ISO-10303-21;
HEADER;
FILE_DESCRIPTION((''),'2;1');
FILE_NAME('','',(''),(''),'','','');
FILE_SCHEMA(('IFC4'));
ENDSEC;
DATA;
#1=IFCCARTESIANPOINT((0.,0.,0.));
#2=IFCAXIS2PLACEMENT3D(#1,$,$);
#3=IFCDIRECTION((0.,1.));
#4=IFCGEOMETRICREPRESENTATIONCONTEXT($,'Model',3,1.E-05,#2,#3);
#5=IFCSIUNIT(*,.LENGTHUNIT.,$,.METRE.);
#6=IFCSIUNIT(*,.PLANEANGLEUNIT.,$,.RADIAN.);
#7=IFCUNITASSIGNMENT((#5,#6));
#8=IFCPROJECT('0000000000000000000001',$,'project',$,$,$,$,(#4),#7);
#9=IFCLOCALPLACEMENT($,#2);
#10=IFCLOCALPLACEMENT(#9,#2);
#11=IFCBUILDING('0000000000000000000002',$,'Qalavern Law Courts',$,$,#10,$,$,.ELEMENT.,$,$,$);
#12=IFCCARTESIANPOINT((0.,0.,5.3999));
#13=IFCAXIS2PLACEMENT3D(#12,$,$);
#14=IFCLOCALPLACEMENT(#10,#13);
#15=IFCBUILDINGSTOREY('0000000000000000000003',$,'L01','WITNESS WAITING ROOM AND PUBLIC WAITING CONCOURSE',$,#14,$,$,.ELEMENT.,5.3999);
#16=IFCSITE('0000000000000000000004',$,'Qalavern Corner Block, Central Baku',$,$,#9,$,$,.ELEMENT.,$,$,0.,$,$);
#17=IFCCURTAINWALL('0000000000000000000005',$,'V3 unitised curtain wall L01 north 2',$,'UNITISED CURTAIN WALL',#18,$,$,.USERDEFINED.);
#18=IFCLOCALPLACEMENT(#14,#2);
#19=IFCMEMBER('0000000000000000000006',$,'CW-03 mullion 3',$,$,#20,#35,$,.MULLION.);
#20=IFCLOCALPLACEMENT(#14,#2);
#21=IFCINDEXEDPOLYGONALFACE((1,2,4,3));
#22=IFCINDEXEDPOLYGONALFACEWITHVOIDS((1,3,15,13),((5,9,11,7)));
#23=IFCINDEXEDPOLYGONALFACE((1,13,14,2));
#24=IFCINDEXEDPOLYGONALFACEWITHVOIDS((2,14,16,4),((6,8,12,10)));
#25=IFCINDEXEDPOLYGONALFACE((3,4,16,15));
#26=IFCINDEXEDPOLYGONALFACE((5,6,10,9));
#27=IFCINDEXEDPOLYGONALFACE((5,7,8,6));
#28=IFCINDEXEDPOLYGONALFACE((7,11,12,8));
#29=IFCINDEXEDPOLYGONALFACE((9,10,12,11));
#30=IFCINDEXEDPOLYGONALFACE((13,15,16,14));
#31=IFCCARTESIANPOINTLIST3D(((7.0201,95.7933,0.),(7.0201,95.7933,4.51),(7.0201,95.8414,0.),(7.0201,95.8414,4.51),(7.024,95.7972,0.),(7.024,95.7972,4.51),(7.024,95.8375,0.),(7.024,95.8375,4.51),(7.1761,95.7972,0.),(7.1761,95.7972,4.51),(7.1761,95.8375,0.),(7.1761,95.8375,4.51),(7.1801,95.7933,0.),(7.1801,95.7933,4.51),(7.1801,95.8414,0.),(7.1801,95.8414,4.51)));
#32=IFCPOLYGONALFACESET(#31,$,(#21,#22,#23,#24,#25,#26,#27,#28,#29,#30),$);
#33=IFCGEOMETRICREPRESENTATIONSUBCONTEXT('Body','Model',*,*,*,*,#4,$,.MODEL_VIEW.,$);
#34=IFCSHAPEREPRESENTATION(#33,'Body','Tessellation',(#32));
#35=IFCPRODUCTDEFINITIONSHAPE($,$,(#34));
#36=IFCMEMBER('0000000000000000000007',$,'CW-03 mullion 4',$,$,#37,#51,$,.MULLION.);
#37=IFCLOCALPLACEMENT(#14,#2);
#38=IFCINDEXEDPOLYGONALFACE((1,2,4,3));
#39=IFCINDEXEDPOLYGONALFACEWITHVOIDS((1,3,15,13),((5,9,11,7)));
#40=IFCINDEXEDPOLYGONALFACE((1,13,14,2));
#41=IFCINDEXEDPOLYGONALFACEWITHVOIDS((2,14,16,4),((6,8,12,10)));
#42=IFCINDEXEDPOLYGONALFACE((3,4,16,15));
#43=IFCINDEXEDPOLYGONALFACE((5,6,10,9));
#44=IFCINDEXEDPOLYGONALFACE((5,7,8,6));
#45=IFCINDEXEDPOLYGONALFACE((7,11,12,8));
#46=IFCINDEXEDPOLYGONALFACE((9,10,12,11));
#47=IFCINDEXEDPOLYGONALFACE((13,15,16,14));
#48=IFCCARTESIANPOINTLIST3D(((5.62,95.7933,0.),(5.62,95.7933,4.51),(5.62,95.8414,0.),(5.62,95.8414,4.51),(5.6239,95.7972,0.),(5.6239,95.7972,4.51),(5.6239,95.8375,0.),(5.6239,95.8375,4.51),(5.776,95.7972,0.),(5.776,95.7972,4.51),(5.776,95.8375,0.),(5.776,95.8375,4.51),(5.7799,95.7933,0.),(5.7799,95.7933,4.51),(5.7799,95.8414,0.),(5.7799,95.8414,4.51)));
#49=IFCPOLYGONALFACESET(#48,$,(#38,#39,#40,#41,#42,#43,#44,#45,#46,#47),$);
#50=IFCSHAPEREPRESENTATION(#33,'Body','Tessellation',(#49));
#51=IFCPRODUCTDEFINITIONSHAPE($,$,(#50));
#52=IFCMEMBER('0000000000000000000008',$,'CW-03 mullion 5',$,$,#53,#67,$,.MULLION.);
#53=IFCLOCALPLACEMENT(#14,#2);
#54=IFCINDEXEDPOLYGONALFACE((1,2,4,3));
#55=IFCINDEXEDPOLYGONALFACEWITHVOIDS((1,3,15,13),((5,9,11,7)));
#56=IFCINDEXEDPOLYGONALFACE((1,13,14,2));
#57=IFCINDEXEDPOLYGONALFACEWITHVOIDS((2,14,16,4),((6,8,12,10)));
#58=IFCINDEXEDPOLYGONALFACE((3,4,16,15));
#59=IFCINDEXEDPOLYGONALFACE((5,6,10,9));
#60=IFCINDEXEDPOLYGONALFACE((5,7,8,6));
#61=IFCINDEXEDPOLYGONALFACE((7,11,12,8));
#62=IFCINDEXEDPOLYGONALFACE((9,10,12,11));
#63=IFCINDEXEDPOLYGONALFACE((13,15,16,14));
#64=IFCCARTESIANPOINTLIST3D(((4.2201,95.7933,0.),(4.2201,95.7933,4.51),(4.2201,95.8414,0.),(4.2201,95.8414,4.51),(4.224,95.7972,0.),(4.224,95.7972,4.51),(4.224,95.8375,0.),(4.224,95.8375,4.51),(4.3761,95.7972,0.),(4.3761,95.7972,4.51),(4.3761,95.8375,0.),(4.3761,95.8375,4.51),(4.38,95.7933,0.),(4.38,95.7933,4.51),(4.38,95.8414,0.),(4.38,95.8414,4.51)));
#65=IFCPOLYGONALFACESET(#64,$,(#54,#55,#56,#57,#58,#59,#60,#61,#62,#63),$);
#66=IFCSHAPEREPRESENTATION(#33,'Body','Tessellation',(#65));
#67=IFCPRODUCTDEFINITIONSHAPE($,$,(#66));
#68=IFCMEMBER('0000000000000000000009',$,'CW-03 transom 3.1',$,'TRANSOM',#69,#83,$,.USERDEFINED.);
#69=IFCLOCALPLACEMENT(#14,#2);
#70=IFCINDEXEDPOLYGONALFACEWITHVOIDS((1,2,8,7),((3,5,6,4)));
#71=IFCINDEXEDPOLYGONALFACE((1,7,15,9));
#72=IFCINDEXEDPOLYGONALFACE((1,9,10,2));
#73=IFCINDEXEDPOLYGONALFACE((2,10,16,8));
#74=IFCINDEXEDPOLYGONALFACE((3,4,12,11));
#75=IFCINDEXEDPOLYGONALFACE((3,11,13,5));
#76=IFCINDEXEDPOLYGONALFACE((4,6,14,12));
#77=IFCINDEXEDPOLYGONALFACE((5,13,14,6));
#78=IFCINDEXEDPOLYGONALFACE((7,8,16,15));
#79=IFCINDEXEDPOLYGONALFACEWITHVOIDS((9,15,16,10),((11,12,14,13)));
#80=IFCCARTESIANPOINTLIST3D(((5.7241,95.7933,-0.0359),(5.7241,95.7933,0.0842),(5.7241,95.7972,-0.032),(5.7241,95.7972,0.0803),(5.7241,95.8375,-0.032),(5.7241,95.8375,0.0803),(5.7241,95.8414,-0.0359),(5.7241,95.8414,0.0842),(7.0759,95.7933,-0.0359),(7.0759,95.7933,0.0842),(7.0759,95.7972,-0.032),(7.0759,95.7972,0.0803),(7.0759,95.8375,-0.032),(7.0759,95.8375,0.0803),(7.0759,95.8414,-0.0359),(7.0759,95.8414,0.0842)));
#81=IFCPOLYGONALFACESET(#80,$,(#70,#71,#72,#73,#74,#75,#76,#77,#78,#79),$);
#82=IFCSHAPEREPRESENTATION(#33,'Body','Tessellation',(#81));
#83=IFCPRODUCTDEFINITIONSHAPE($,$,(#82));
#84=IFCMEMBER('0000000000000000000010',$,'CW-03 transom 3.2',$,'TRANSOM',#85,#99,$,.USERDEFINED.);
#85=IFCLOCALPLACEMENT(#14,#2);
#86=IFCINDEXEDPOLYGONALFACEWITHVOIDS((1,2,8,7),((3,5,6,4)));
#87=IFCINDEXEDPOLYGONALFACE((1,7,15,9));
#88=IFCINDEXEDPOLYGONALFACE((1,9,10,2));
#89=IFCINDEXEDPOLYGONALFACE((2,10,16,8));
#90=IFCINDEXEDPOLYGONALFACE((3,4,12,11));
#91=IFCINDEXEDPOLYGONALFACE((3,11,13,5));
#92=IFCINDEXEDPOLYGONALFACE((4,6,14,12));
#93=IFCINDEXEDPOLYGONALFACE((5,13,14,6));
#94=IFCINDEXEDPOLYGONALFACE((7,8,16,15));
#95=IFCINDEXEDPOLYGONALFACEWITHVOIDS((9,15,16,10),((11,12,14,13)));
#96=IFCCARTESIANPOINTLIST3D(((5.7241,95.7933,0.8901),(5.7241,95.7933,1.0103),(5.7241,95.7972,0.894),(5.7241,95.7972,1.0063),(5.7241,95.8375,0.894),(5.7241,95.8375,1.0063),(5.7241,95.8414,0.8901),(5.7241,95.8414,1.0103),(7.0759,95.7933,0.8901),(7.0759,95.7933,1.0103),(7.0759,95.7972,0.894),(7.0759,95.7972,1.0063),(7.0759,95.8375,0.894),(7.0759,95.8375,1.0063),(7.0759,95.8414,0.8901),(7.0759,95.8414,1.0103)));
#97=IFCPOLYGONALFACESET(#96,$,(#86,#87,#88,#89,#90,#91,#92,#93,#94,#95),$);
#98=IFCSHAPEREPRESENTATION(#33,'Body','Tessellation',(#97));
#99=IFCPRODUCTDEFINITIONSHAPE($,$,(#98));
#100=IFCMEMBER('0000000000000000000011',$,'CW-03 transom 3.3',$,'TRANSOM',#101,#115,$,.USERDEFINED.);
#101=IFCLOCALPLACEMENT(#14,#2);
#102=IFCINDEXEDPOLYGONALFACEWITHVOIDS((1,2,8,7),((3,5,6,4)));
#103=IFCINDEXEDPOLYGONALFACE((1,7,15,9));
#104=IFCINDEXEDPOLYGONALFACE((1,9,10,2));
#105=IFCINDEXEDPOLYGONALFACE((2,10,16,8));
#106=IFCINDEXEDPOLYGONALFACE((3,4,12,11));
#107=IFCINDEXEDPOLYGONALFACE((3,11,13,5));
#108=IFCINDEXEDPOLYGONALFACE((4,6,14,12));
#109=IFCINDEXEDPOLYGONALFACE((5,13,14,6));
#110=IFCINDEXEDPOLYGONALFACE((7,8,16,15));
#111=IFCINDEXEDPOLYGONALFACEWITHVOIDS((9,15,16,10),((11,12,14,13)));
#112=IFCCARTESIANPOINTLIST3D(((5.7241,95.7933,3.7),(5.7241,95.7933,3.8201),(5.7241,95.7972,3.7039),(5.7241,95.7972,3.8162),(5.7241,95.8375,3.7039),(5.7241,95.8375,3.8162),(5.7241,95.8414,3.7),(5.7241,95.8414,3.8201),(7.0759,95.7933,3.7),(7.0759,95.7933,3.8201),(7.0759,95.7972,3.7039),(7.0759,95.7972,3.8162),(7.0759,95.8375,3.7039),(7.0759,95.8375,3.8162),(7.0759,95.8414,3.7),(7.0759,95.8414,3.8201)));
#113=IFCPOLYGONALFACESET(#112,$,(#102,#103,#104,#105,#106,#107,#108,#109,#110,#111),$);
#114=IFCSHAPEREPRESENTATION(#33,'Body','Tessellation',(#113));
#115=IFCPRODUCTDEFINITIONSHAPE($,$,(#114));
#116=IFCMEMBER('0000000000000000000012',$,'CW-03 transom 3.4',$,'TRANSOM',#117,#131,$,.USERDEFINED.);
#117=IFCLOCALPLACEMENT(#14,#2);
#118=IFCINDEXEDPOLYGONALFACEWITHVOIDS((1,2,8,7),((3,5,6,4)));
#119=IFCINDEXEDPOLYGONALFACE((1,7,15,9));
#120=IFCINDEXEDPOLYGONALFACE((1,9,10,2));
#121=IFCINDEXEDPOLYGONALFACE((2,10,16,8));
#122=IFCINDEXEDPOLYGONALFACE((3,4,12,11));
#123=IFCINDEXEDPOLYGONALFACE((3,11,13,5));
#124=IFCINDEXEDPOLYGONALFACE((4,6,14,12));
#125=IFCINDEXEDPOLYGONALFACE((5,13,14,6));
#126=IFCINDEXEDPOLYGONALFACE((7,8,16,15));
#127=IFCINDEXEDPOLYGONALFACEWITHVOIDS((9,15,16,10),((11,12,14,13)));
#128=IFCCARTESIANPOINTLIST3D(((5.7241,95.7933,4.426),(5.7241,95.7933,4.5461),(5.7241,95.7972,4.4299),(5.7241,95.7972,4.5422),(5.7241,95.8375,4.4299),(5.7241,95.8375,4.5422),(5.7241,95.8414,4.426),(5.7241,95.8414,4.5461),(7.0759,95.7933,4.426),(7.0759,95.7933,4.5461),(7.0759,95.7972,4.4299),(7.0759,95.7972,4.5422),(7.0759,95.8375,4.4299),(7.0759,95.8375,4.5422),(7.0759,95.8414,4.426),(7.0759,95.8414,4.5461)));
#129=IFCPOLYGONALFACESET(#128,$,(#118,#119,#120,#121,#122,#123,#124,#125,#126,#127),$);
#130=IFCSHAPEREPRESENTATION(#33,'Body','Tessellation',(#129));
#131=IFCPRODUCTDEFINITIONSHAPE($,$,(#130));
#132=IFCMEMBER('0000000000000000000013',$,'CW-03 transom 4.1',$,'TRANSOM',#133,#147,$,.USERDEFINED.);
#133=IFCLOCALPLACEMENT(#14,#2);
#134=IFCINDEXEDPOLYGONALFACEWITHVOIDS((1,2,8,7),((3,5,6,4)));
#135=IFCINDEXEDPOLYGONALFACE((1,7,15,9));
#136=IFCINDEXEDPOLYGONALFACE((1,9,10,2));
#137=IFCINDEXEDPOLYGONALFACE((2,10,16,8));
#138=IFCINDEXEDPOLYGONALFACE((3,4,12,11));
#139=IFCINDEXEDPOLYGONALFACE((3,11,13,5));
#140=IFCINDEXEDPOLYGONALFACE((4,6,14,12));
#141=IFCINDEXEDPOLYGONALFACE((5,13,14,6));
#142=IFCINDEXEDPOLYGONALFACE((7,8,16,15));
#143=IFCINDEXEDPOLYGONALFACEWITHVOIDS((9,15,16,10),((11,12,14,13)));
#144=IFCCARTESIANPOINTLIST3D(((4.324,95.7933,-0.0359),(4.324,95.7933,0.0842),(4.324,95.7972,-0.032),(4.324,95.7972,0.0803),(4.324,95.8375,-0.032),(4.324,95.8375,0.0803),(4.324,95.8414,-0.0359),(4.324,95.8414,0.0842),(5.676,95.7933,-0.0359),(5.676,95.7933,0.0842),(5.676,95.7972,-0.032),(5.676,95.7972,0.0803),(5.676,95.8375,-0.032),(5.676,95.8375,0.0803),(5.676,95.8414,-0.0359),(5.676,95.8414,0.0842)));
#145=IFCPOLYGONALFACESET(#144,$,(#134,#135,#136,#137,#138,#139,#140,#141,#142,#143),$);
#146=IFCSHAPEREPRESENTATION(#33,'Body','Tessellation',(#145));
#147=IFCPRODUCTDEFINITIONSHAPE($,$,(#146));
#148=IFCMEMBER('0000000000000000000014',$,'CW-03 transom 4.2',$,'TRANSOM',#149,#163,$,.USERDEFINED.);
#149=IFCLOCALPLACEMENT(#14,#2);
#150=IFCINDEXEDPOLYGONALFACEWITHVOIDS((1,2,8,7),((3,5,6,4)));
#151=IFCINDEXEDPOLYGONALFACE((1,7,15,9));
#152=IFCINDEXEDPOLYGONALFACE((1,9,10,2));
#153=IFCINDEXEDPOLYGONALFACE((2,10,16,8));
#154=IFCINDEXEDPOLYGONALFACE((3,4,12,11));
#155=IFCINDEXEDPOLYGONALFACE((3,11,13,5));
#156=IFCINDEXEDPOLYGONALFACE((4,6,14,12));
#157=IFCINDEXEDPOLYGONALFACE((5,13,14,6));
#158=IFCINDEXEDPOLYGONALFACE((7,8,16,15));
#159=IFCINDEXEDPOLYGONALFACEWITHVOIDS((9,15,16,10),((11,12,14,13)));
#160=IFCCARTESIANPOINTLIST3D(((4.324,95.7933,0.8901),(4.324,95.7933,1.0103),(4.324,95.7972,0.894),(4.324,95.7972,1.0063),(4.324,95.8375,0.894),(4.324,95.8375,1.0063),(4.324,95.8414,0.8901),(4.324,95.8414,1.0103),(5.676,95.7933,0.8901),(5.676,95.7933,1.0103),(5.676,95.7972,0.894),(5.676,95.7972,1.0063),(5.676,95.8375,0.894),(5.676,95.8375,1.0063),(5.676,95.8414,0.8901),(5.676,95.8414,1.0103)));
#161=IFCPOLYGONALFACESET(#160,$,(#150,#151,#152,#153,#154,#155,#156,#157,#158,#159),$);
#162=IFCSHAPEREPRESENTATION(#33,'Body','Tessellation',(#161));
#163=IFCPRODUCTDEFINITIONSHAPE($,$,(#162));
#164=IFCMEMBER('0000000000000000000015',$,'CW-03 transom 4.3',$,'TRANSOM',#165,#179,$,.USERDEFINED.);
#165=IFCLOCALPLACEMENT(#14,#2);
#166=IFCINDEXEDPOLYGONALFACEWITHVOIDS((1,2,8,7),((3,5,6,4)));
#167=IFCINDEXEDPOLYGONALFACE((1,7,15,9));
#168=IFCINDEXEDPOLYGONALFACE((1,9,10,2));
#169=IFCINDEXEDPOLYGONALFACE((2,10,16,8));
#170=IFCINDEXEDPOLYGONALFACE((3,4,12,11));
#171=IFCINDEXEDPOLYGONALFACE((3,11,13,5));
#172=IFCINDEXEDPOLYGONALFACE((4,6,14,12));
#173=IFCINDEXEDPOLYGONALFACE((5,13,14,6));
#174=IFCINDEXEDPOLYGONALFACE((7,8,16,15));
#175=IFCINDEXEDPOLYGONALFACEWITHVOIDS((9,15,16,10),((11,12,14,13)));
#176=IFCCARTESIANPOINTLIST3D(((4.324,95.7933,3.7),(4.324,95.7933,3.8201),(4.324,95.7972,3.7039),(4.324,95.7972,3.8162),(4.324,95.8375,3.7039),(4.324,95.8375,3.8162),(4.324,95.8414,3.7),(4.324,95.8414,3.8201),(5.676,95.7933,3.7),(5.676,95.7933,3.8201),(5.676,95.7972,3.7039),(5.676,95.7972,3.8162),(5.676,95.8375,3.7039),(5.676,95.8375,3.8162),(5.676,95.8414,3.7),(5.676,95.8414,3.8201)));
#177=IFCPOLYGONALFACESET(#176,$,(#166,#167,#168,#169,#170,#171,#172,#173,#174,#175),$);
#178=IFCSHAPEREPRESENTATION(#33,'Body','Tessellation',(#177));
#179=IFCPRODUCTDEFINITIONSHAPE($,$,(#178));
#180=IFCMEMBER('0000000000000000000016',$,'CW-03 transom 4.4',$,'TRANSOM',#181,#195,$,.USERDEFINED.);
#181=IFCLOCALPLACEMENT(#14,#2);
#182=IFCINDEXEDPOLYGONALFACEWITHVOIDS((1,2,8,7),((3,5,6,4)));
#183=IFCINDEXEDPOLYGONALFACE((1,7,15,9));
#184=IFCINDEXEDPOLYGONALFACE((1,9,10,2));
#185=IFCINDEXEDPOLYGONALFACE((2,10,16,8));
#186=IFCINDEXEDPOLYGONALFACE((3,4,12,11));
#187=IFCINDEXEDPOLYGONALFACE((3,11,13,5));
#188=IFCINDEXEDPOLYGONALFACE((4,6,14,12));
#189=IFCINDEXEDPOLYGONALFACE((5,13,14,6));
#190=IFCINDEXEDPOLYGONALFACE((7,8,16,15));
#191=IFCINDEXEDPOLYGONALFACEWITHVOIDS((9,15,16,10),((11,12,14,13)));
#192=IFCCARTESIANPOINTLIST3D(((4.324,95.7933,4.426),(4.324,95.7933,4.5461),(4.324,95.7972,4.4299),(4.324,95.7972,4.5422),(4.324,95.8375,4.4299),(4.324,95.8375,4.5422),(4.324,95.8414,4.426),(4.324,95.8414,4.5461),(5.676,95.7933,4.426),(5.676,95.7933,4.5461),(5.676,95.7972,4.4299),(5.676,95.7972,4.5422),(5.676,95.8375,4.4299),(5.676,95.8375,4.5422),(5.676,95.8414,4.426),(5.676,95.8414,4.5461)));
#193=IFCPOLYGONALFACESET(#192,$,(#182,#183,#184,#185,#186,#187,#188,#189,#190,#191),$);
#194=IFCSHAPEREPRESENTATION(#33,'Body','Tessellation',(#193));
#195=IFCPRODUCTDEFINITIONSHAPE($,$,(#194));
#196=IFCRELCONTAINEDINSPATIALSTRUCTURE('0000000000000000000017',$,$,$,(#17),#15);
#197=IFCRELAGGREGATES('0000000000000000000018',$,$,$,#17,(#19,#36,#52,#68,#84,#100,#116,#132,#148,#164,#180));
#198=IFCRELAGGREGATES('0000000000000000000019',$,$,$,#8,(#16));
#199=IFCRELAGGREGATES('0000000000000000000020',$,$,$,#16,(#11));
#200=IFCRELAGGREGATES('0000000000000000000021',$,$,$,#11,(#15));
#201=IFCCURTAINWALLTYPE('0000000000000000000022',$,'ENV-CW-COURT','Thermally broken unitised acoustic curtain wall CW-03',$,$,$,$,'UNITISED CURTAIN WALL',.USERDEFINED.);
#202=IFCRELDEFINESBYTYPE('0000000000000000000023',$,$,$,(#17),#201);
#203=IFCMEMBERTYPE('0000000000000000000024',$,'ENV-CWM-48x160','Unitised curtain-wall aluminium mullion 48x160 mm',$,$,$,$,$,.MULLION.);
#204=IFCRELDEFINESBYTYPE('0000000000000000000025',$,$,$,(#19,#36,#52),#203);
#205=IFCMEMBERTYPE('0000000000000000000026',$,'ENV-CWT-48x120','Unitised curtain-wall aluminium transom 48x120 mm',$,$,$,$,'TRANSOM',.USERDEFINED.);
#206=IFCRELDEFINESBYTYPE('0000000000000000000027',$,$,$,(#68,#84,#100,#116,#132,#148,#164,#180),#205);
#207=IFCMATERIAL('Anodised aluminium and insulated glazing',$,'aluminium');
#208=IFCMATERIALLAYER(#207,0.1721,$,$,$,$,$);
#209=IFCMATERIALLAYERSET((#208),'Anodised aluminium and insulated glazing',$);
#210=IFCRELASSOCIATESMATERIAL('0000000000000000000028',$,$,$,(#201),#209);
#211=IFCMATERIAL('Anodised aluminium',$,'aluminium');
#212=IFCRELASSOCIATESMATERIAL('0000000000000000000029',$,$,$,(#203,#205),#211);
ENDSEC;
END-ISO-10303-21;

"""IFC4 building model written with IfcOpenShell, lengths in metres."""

from ifc_helpers import new_model, si_unit, direction, frame, origin, origin_2d, place, context, subcontext, project, spatial, hollow_rectangle, extrude, material, layer, layer_set, material_profile, profile_set, type_object, element, aggregate, save


model = new_model("IFC4")

# Units and contexts
model_context = context("Model", 3, precision=1e-05, world=origin(), true_north=direction((0.0, 1.0)))
body_context = subcontext(model_context, "Body", "Model", "MODEL_VIEW")
ifc_project = project(units=[si_unit("LENGTHUNIT", "METRE"), si_unit("PLANEANGLEUNIT", "RADIAN")], contexts=[model_context])

# Site, building, storey
site_placement = place(None, origin())
site = spatial("IfcSite", under=ifc_project, at=site_placement, Name="Qalavern Corner Block, Central Baku", CompositionType="ELEMENT", RefElevation=0.0)
building_placement = place(site_placement, origin())
building = spatial("IfcBuilding", under=site, at=building_placement, Name="Qalavern Law Courts", CompositionType="ELEMENT")
storey_placement = place(building_placement, frame((0.0, 0.0, 5.3999)))
storey = spatial("IfcBuildingStorey", under=building, at=storey_placement, Name="L01", Description="WITNESS WAITING ROOM AND PUBLIC WAITING CONCOURSE", CompositionType="ELEMENT", Elevation=5.3999)

# Curtain wall, members
ifc_material_1 = material(Name="Anodised aluminium and insulated glazing", Category="aluminium")
ifc_layer_1 = layer(ifc_material_1, 0.1721)
ifc_layer_set_1 = layer_set([ifc_layer_1], Name="Anodised aluminium and insulated glazing")
curtain_wall_type = type_object("IfcCurtainWallType", Name="ENV-CW-COURT", Description="Thermally broken unitised acoustic curtain wall CW-03", ElementType="UNITISED CURTAIN WALL", PredefinedType="USERDEFINED", material=ifc_layer_set_1)
curtain_wall_placement = place(storey_placement, origin())
curtain_wall = element("IfcCurtainWall", 1, at=curtain_wall_placement, inside=storey, type_object=curtain_wall_type, Name="V3 unitised curtain wall L01 north 2", ObjectType="UNITISED CURTAIN WALL", PredefinedType="USERDEFINED")
ifc_material_2 = material(Name="Anodised aluminium", Category="aluminium")
ifc_material_profile_1 = material_profile(ifc_material_2, hollow_rectangle(XDim=0.0481, YDim=0.1599, WallThickness=0.0039, at=origin_2d()), Name="ALU MULLION 48x160")
ifc_profile_set_1 = profile_set([ifc_material_profile_1], Name="Anodised aluminium")
member_type_1 = type_object("IfcMemberType", Name="ENV-CWM-48x160", Description="Unitised curtain-wall aluminium mullion 48x160 mm", PredefinedType="MULLION", material=ifc_profile_set_1)
member_1_placement = place(storey_placement, frame((7.1001, 95.8174, 0.0), z_axis=(0.0, 0.0, 1.0), x_axis=(0.0, -1.0, 0.0)))
member_1 = element("IfcMember", 2, at=member_1_placement, type_object=member_type_1, Name="CW-03 mullion 3", PredefinedType="MULLION", context=body_context, shape_type="SweptSolid", body=[
    extrude(hollow_rectangle(XDim=0.0481, YDim=0.1599, WallThickness=0.0039, at=origin_2d()), origin(), (0.0, 0.0, 1.0), 4.51),
])
member_2_placement = place(storey_placement, frame((5.7, 95.8174, 0.0), z_axis=(0.0, 0.0, 1.0), x_axis=(0.0, -1.0, 0.0)))
member_2 = element("IfcMember", 3, at=member_2_placement, type_object=member_type_1, Name="CW-03 mullion 4", PredefinedType="MULLION", context=body_context, shape_type="SweptSolid", body=[
    extrude(hollow_rectangle(XDim=0.0481, YDim=0.1599, WallThickness=0.0039, at=origin_2d()), origin(), (0.0, 0.0, 1.0), 4.51),
])
member_3_placement = place(storey_placement, frame((4.3, 95.8174, 0.0), z_axis=(0.0, 0.0, 1.0), x_axis=(0.0, -1.0, 0.0)))
member_3 = element("IfcMember", 4, at=member_3_placement, type_object=member_type_1, Name="CW-03 mullion 5", PredefinedType="MULLION", context=body_context, shape_type="SweptSolid", body=[
    extrude(hollow_rectangle(XDim=0.0481, YDim=0.1599, WallThickness=0.0039, at=origin_2d()), origin(), (0.0, 0.0, 1.0), 4.51),
])
ifc_material_profile_2 = material_profile(ifc_material_2, hollow_rectangle(XDim=0.0481, YDim=0.1201, WallThickness=0.0039, at=origin_2d()), Name="ALU TRANSOM 48x120")
ifc_profile_set_2 = profile_set([ifc_material_profile_2], Name="Anodised aluminium")
member_type_2 = type_object("IfcMemberType", Name="ENV-CWT-48x120", Description="Unitised curtain-wall aluminium transom 48x120 mm", ElementType="TRANSOM", PredefinedType="USERDEFINED", material=ifc_profile_set_2)
member_4_placement = place(storey_placement, frame((7.0759, 95.8174, 0.0242), z_axis=(-1.0, 0.0, 0.0), x_axis=(0.0, -1.0, 0.0)))
member_4 = element("IfcMember", 5, at=member_4_placement, type_object=member_type_2, Name="CW-03 transom 3.1", ObjectType="TRANSOM", PredefinedType="USERDEFINED", context=body_context, shape_type="SweptSolid", body=[
    extrude(hollow_rectangle(XDim=0.0481, YDim=0.1201, WallThickness=0.0039, at=origin_2d()), origin(), (0.0, 0.0, 1.0), 1.3518),
])
member_5_placement = place(storey_placement, frame((7.0759, 95.8174, 0.9502), z_axis=(-1.0, 0.0, 0.0), x_axis=(0.0, -1.0, 0.0)))
member_5 = element("IfcMember", 6, at=member_5_placement, type_object=member_type_2, Name="CW-03 transom 3.2", ObjectType="TRANSOM", PredefinedType="USERDEFINED", context=body_context, shape_type="SweptSolid", body=[
    extrude(hollow_rectangle(XDim=0.0481, YDim=0.1201, WallThickness=0.0039, at=origin_2d()), origin(), (0.0, 0.0, 1.0), 1.3518),
])
member_6_placement = place(storey_placement, frame((7.0759, 95.8174, 3.76), z_axis=(-1.0, 0.0, 0.0), x_axis=(0.0, -1.0, 0.0)))
member_6 = element("IfcMember", 7, at=member_6_placement, type_object=member_type_2, Name="CW-03 transom 3.3", ObjectType="TRANSOM", PredefinedType="USERDEFINED", context=body_context, shape_type="SweptSolid", body=[
    extrude(hollow_rectangle(XDim=0.0481, YDim=0.1201, WallThickness=0.0039, at=origin_2d()), origin(), (0.0, 0.0, 1.0), 1.3518),
])
member_7_placement = place(storey_placement, frame((7.0759, 95.8174, 4.4861), z_axis=(-1.0, 0.0, 0.0), x_axis=(0.0, -1.0, 0.0)))
member_7 = element("IfcMember", 8, at=member_7_placement, type_object=member_type_2, Name="CW-03 transom 3.4", ObjectType="TRANSOM", PredefinedType="USERDEFINED", context=body_context, shape_type="SweptSolid", body=[
    extrude(hollow_rectangle(XDim=0.0481, YDim=0.1201, WallThickness=0.0039, at=origin_2d()), origin(), (0.0, 0.0, 1.0), 1.3518),
])
member_8_placement = place(storey_placement, frame((5.676, 95.8174, 0.0242), z_axis=(-1.0, 0.0, 0.0), x_axis=(0.0, -1.0, 0.0)))
member_8 = element("IfcMember", 9, at=member_8_placement, type_object=member_type_2, Name="CW-03 transom 4.1", ObjectType="TRANSOM", PredefinedType="USERDEFINED", context=body_context, shape_type="SweptSolid", body=[
    extrude(hollow_rectangle(XDim=0.0481, YDim=0.1201, WallThickness=0.0039, at=origin_2d()), origin(), (0.0, 0.0, 1.0), 1.3521),
])
member_9_placement = place(storey_placement, frame((5.676, 95.8174, 0.9502), z_axis=(-1.0, 0.0, 0.0), x_axis=(0.0, -1.0, 0.0)))
member_9 = element("IfcMember", 10, at=member_9_placement, type_object=member_type_2, Name="CW-03 transom 4.2", ObjectType="TRANSOM", PredefinedType="USERDEFINED", context=body_context, shape_type="SweptSolid", body=[
    extrude(hollow_rectangle(XDim=0.0481, YDim=0.1201, WallThickness=0.0039, at=origin_2d()), origin(), (0.0, 0.0, 1.0), 1.3521),
])
member_10_placement = place(storey_placement, frame((5.676, 95.8174, 3.76), z_axis=(-1.0, 0.0, 0.0), x_axis=(0.0, -1.0, 0.0)))
member_10 = element("IfcMember", 11, at=member_10_placement, type_object=member_type_2, Name="CW-03 transom 4.3", ObjectType="TRANSOM", PredefinedType="USERDEFINED", context=body_context, shape_type="SweptSolid", body=[
    extrude(hollow_rectangle(XDim=0.0481, YDim=0.1201, WallThickness=0.0039, at=origin_2d()), origin(), (0.0, 0.0, 1.0), 1.3521),
])
member_11_placement = place(storey_placement, frame((5.676, 95.8174, 4.4861), z_axis=(-1.0, 0.0, 0.0), x_axis=(0.0, -1.0, 0.0)))
member_11 = element("IfcMember", 12, at=member_11_placement, type_object=member_type_2, Name="CW-03 transom 4.4", ObjectType="TRANSOM", PredefinedType="USERDEFINED", context=body_context, shape_type="SweptSolid", body=[
    extrude(hollow_rectangle(XDim=0.0481, YDim=0.1201, WallThickness=0.0039, at=origin_2d()), origin(), (0.0, 0.0, 1.0), 1.3521),
])
aggregate(curtain_wall, [member_1, member_2, member_3, member_4, member_5, member_6, member_7, member_8, member_9, member_10, member_11])

save(model, "model.ifc")
